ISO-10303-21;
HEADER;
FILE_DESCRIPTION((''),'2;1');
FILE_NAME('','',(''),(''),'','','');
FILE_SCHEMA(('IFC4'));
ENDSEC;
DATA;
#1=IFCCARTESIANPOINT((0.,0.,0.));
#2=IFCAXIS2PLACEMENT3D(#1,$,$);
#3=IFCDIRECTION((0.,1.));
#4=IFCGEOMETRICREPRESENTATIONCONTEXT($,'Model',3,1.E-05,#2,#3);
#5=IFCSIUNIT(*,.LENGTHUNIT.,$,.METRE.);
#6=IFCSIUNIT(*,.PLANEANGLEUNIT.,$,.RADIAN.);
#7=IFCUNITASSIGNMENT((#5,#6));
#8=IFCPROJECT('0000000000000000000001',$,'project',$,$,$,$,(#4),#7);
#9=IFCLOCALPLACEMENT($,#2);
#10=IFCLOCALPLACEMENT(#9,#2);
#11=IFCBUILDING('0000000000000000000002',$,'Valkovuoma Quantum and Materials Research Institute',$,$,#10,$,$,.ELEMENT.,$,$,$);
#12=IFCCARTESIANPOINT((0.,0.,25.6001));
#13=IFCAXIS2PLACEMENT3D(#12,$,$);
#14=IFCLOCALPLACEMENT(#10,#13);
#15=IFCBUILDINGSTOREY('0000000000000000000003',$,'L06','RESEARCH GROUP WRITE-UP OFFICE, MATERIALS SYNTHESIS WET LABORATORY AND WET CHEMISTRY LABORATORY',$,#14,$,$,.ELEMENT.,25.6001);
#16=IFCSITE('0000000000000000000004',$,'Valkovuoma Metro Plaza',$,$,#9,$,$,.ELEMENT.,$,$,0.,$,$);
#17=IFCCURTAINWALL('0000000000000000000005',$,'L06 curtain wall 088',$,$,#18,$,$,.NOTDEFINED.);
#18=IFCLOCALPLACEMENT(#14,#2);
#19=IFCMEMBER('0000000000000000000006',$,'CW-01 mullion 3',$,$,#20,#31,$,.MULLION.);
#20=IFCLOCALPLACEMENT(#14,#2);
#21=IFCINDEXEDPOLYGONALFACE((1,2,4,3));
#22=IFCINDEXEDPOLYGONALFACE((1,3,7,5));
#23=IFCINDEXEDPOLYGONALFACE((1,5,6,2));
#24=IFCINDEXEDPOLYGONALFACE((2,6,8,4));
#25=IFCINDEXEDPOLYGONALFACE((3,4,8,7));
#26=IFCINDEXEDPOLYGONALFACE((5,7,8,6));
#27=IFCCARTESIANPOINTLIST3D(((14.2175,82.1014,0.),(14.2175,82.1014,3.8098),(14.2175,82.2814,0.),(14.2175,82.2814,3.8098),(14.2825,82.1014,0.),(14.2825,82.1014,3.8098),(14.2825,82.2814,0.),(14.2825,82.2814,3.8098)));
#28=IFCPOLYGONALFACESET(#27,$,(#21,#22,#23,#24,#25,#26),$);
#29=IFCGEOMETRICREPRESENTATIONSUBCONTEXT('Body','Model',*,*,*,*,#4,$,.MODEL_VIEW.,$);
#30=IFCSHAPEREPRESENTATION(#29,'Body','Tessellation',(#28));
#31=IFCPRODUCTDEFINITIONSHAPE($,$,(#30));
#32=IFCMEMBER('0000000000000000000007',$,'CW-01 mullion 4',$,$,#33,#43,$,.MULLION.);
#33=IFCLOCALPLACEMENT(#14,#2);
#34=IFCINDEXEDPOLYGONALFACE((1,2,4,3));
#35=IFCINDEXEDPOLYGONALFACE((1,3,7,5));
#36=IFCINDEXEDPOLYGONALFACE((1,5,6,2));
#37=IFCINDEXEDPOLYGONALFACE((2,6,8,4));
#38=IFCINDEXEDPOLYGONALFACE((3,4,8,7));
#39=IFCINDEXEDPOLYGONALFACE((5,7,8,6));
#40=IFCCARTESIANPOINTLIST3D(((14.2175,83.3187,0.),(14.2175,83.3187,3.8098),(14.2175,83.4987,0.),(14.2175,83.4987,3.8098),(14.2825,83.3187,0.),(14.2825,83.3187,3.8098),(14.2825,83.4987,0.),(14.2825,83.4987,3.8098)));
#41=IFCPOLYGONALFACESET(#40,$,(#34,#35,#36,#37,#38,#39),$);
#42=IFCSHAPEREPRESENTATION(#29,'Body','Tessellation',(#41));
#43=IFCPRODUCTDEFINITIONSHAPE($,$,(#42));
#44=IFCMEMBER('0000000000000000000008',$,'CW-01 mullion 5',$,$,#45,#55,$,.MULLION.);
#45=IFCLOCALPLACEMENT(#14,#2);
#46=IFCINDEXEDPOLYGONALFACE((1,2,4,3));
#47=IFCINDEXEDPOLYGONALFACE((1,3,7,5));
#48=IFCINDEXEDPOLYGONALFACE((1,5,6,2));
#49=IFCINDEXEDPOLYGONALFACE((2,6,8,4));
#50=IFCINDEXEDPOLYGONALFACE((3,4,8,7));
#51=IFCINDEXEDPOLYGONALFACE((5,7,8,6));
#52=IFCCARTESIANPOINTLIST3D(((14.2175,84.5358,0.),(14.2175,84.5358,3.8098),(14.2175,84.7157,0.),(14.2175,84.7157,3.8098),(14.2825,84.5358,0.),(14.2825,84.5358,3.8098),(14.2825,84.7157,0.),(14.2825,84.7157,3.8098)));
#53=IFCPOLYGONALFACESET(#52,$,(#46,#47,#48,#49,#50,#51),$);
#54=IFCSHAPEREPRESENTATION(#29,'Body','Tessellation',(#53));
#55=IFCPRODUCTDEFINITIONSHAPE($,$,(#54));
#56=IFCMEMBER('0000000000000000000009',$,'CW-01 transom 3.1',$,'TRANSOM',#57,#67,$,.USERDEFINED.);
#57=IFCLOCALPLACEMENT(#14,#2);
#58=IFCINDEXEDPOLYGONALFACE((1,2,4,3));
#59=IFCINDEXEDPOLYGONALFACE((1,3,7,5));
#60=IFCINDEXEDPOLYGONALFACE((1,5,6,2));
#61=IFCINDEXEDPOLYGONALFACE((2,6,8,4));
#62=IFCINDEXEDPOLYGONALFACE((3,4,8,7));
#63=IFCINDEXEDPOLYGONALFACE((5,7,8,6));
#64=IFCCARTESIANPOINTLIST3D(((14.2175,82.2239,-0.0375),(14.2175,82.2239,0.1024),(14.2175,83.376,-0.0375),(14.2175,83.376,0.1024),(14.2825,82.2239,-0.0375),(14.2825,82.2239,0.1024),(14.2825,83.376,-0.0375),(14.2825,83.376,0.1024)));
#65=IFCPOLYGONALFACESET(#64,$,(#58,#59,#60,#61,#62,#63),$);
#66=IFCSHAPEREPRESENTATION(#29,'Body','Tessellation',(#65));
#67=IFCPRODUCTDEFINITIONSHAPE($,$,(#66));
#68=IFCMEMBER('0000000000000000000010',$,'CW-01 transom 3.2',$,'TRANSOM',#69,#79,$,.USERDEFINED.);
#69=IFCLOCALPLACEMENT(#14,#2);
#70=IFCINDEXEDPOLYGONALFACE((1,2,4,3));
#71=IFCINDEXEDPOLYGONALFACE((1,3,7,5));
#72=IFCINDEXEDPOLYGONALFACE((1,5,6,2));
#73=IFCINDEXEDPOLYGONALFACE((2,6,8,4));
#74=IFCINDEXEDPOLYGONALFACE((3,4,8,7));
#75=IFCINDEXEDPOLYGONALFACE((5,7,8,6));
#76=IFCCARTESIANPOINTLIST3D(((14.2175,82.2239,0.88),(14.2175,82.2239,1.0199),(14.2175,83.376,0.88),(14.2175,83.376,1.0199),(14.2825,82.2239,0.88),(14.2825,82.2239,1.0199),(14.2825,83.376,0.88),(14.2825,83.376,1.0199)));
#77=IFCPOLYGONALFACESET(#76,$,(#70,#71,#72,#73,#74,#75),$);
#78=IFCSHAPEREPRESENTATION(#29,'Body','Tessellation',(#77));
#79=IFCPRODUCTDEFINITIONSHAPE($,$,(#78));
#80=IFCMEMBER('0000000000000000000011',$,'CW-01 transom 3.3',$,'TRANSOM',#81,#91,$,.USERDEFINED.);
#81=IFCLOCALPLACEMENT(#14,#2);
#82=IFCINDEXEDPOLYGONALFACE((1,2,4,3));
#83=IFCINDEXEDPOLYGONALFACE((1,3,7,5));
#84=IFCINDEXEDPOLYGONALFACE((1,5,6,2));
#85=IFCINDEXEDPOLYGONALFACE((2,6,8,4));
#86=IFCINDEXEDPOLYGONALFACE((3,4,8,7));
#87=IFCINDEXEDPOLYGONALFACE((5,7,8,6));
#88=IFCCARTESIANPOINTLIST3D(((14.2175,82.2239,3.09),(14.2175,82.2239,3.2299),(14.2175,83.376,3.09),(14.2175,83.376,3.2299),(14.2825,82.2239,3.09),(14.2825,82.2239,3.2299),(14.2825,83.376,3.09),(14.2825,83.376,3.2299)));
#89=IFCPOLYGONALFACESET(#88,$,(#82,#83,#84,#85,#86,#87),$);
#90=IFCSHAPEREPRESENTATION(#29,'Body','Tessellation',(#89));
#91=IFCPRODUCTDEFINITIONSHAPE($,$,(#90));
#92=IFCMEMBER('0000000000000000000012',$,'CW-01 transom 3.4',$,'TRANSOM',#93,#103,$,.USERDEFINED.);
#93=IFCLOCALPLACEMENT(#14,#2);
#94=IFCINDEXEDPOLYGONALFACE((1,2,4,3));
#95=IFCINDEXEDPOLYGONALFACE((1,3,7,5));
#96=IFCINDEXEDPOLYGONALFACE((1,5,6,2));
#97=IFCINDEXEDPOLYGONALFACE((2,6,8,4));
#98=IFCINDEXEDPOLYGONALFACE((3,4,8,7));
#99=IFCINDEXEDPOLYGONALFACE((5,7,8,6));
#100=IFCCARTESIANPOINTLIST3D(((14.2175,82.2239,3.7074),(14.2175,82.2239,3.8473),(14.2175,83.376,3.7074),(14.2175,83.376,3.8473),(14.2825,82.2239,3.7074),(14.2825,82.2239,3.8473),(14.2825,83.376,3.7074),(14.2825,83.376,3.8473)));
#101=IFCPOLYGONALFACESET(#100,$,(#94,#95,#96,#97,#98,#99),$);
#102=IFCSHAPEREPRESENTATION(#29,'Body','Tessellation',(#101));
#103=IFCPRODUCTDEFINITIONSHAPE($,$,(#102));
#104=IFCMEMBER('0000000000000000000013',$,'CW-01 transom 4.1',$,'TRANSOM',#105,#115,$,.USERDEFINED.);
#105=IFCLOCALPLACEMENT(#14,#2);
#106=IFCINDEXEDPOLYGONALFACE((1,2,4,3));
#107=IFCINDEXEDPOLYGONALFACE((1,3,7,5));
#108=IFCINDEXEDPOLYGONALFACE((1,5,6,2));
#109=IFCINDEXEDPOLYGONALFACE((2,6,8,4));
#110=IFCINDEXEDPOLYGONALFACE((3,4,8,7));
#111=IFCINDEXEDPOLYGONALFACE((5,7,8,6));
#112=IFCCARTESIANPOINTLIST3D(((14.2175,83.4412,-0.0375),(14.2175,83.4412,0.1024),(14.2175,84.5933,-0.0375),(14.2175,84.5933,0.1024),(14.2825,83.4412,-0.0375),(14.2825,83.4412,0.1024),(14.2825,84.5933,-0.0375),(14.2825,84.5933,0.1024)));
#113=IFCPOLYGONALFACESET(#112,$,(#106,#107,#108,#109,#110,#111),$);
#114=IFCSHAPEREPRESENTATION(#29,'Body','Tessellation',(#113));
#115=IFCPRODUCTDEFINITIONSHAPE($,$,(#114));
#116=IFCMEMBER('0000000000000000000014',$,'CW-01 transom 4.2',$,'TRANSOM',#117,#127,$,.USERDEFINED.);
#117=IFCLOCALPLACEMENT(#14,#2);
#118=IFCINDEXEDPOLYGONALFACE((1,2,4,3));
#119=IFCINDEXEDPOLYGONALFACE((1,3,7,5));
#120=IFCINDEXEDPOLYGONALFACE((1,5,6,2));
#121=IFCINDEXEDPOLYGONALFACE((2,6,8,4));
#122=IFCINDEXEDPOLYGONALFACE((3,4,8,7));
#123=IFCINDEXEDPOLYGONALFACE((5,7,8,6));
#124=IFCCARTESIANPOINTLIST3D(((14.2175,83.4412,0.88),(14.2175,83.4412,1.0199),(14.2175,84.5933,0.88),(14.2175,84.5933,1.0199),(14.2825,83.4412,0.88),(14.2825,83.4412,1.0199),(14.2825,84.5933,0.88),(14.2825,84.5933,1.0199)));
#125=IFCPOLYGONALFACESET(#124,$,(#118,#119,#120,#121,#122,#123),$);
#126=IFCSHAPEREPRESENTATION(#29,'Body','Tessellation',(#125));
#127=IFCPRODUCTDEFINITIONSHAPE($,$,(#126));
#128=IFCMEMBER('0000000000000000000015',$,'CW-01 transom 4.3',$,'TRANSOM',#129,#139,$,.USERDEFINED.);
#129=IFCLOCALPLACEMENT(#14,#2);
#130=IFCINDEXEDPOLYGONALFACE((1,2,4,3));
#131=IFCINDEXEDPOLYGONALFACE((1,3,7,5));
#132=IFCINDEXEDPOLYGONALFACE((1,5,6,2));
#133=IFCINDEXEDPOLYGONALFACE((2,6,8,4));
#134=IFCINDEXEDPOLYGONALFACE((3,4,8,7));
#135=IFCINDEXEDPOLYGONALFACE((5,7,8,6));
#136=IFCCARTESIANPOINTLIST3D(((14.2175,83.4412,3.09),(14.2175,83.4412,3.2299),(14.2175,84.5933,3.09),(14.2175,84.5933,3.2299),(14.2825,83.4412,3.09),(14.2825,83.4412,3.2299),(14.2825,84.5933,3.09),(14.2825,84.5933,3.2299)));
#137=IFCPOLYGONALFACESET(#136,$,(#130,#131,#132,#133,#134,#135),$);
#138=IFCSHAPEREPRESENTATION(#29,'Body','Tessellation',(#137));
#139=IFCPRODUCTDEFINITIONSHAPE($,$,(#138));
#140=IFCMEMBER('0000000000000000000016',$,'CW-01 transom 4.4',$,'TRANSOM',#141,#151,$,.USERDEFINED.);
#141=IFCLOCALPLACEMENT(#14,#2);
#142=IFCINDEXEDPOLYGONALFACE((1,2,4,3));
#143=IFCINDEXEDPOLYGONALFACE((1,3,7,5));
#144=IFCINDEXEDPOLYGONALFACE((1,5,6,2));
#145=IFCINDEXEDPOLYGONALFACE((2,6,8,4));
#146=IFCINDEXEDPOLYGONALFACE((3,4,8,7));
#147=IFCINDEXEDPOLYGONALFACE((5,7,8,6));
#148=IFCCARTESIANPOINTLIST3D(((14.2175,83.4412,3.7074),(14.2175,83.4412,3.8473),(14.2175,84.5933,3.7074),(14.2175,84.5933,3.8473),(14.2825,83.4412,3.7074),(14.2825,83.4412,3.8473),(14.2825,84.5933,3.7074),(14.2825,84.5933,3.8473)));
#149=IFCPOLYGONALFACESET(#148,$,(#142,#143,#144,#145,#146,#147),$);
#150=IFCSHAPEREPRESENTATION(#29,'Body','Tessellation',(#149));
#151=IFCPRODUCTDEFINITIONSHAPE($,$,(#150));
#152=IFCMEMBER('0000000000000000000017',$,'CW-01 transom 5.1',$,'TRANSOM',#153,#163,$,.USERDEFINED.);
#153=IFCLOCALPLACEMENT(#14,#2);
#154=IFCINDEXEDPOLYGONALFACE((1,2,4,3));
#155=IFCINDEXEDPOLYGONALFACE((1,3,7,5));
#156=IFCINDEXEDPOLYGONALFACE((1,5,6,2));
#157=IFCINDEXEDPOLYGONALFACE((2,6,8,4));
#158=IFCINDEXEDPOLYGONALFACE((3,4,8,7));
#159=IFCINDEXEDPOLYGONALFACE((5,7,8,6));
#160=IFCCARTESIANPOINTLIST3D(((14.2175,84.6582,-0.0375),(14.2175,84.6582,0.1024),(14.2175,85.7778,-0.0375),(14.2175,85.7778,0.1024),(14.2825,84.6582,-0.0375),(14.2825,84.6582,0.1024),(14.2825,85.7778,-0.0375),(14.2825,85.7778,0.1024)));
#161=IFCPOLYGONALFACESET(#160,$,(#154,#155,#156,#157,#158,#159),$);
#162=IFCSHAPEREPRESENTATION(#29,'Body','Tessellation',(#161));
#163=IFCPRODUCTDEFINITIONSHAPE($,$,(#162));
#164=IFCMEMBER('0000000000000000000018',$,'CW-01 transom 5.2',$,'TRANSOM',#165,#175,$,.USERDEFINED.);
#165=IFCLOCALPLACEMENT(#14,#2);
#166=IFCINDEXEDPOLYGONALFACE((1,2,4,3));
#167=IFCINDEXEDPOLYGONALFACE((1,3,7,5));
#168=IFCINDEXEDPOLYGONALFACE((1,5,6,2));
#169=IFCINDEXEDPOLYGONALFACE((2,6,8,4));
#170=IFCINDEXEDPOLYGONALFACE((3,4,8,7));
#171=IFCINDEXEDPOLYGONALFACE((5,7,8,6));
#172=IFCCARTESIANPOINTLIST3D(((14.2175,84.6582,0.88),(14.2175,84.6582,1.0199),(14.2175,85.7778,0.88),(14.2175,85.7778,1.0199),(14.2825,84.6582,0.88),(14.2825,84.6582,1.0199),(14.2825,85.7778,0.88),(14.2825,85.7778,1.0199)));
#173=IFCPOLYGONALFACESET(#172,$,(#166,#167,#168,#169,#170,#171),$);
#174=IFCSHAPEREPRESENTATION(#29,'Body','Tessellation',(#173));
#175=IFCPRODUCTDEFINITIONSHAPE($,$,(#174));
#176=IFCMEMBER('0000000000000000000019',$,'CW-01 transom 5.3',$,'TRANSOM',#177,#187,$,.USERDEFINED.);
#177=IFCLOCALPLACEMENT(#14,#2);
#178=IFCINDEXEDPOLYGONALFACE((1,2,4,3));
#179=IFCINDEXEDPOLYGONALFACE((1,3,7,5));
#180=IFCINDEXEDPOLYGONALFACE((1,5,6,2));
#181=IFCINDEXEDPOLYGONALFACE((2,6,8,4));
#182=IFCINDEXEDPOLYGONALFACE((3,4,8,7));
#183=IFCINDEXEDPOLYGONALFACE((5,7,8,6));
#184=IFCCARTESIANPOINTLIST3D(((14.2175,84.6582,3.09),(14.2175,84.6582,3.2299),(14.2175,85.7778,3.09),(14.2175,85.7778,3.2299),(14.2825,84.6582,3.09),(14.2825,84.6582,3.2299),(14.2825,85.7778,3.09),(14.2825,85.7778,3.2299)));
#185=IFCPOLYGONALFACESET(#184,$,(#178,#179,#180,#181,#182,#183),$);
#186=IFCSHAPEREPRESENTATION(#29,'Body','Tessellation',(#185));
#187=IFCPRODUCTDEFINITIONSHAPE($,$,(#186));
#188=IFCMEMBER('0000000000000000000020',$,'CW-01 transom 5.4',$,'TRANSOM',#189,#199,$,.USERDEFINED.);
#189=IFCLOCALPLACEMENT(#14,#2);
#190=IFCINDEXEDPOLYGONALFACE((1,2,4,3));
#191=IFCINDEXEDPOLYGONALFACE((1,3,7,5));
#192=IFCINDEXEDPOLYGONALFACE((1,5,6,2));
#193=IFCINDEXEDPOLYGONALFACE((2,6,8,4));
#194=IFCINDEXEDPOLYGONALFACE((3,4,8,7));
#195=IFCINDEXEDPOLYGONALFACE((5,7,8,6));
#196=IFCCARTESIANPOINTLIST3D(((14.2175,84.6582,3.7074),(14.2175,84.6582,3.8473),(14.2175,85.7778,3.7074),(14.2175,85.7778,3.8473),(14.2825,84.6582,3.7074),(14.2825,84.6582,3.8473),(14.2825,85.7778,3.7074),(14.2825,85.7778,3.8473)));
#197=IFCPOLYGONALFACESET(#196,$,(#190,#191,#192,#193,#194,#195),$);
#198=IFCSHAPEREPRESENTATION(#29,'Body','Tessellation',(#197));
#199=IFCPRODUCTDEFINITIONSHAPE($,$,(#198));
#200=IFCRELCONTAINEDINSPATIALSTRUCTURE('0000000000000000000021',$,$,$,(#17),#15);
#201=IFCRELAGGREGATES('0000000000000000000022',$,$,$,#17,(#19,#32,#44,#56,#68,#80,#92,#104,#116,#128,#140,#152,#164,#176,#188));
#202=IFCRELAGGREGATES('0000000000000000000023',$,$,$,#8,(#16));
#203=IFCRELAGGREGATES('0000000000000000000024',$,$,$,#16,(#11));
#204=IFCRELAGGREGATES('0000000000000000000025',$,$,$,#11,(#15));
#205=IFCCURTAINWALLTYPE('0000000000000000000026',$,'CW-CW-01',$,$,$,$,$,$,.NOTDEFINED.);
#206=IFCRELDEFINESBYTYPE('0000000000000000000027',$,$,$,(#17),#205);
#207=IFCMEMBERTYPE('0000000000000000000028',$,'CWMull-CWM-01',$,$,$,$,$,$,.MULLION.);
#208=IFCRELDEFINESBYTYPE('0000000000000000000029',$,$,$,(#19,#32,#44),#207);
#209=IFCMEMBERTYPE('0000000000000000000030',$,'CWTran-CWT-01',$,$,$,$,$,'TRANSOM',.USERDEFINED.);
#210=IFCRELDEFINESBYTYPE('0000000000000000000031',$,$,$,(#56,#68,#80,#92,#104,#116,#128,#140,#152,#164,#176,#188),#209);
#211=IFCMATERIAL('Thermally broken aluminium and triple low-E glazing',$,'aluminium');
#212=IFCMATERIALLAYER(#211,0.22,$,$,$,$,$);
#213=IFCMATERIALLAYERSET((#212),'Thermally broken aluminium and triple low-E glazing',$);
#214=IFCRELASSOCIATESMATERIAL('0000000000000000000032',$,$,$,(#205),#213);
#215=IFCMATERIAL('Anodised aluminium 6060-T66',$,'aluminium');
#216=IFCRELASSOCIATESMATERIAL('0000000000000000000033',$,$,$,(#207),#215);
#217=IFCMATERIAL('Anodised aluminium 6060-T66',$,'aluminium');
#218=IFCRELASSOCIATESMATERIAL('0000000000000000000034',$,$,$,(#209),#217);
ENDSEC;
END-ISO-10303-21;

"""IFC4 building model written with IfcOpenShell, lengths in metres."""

from ifc_helpers import new_model, si_unit, direction, frame, origin, origin_2d, place, context, subcontext, project, spatial, rectangle, extrude, material, layer, layer_set, material_profile, profile_set, type_object, element, aggregate, save


model = new_model("IFC4")

# Units and contexts
model_context = context("Model", 3, precision=1e-05, world=origin(), true_north=direction((0.0, 1.0)))
body_context = subcontext(model_context, "Body", "Model", "MODEL_VIEW")
ifc_project = project(units=[si_unit("LENGTHUNIT", "METRE"), si_unit("PLANEANGLEUNIT", "RADIAN")], contexts=[model_context])

# Site, building, storey
site_placement = place(None, origin())
site = spatial("IfcSite", under=ifc_project, at=site_placement, Name="Valkovuoma Metro Plaza", CompositionType="ELEMENT", RefElevation=0.0)
building_placement = place(site_placement, origin())
building = spatial("IfcBuilding", under=site, at=building_placement, Name="Valkovuoma Quantum and Materials Research Institute", CompositionType="ELEMENT")
storey_placement = place(building_placement, frame((0.0, 0.0, 25.6001)))
storey = spatial("IfcBuildingStorey", under=building, at=storey_placement, Name="L06", Description="RESEARCH GROUP WRITE-UP OFFICE, MATERIALS SYNTHESIS WET LABORATORY AND WET CHEMISTRY LABORATORY", CompositionType="ELEMENT", Elevation=25.6001)

# Curtain wall, members
ifc_material_1 = material(Name="Thermally broken aluminium and triple low-E glazing", Category="aluminium")
ifc_layer_1 = layer(ifc_material_1, 0.22)
ifc_layer_set_1 = layer_set([ifc_layer_1], Name="Thermally broken aluminium and triple low-E glazing")
curtain_wall_type = type_object("IfcCurtainWallType", Name="CW-CW-01", PredefinedType="NOTDEFINED", material=ifc_layer_set_1)
curtain_wall_placement = place(storey_placement, origin())
curtain_wall = element("IfcCurtainWall", 1, at=curtain_wall_placement, inside=storey, type_object=curtain_wall_type, Name="L06 curtain wall 088", PredefinedType="NOTDEFINED")
ifc_material_2 = material(Name="Anodised aluminium 6060-T66", Category="aluminium")
ifc_material_profile_1 = material_profile(ifc_material_2, rectangle(XDim=0.0649, YDim=0.1799, at=origin_2d()), Name="Anodised aluminium 6060-T66")
ifc_profile_set_1 = profile_set([ifc_material_profile_1], Name="Anodised aluminium 6060-T66")
member_type_1 = type_object("IfcMemberType", Name="CWMull-CWM-01", PredefinedType="MULLION", material=ifc_profile_set_1)
member_1_placement = place(storey_placement, frame((14.25, 82.1914, 0.0), z_axis=(0.0, 0.0, 1.0), x_axis=(-1.0, 0.0, 0.0)))
member_1 = element("IfcMember", 2, at=member_1_placement, type_object=member_type_1, Name="CW-01 mullion 3", PredefinedType="MULLION", context=body_context, shape_type="SweptSolid", body=[
    extrude(rectangle(XDim=0.0649, YDim=0.1799, at=origin_2d()), origin(), (0.0, 0.0, 1.0), 3.8098),
])
member_2_placement = place(storey_placement, frame((14.25, 83.4087, 0.0), z_axis=(0.0, 0.0, 1.0), x_axis=(-1.0, 0.0, 0.0)))
member_2 = element("IfcMember", 3, at=member_2_placement, type_object=member_type_1, Name="CW-01 mullion 4", PredefinedType="MULLION", context=body_context, shape_type="SweptSolid", body=[
    extrude(rectangle(XDim=0.0649, YDim=0.1799, at=origin_2d()), origin(), (0.0, 0.0, 1.0), 3.8098),
])
member_3_placement = place(storey_placement, frame((14.25, 84.6257, 0.0), z_axis=(0.0, 0.0, 1.0), x_axis=(-1.0, 0.0, 0.0)))
member_3 = element("IfcMember", 4, at=member_3_placement, type_object=member_type_1, Name="CW-01 mullion 5", PredefinedType="MULLION", context=body_context, shape_type="SweptSolid", body=[
    extrude(rectangle(XDim=0.0649, YDim=0.1799, at=origin_2d()), origin(), (0.0, 0.0, 1.0), 3.8098),
])
ifc_material_3 = material(Name="Anodised aluminium 6060-T66", Category="aluminium")
ifc_material_profile_2 = material_profile(ifc_material_3, rectangle(XDim=0.0649, YDim=0.1399, at=origin_2d()), Name="Anodised aluminium 6060-T66")
ifc_profile_set_2 = profile_set([ifc_material_profile_2], Name="Anodised aluminium 6060-T66")
member_type_2 = type_object("IfcMemberType", Name="CWTran-CWT-01", ElementType="TRANSOM", PredefinedType="USERDEFINED", material=ifc_profile_set_2)
member_4_placement = place(storey_placement, frame((14.25, 82.2239, 0.0325), z_axis=(0.0, 1.0, 0.0), x_axis=(-1.0, 0.0, 0.0)))
member_4 = element("IfcMember", 5, at=member_4_placement, type_object=member_type_2, Name="CW-01 transom 3.1", ObjectType="TRANSOM", PredefinedType="USERDEFINED", context=body_context, shape_type="SweptSolid", body=[
    extrude(rectangle(XDim=0.0649, YDim=0.1399, at=origin_2d()), origin(), (0.0, 0.0, 1.0), 1.1521),
])
member_5_placement = place(storey_placement, frame((14.25, 82.2239, 0.95), z_axis=(0.0, 1.0, 0.0), x_axis=(-1.0, 0.0, 0.0)))
member_5 = element("IfcMember", 6, at=member_5_placement, type_object=member_type_2, Name="CW-01 transom 3.2", ObjectType="TRANSOM", PredefinedType="USERDEFINED", context=body_context, shape_type="SweptSolid", body=[
    extrude(rectangle(XDim=0.0649, YDim=0.1399, at=origin_2d()), origin(), (0.0, 0.0, 1.0), 1.1521),
])
member_6_placement = place(storey_placement, frame((14.25, 82.2239, 3.1599), z_axis=(0.0, 1.0, 0.0), x_axis=(-1.0, 0.0, 0.0)))
member_6 = element("IfcMember", 7, at=member_6_placement, type_object=member_type_2, Name="CW-01 transom 3.3", ObjectType="TRANSOM", PredefinedType="USERDEFINED", context=body_context, shape_type="SweptSolid", body=[
    extrude(rectangle(XDim=0.0649, YDim=0.1399, at=origin_2d()), origin(), (0.0, 0.0, 1.0), 1.1521),
])
member_7_placement = place(storey_placement, frame((14.25, 82.2239, 3.7773), z_axis=(0.0, 1.0, 0.0), x_axis=(-1.0, 0.0, 0.0)))
member_7 = element("IfcMember", 8, at=member_7_placement, type_object=member_type_2, Name="CW-01 transom 3.4", ObjectType="TRANSOM", PredefinedType="USERDEFINED", context=body_context, shape_type="SweptSolid", body=[
    extrude(rectangle(XDim=0.0649, YDim=0.1399, at=origin_2d()), origin(), (0.0, 0.0, 1.0), 1.1521),
])
member_8_placement = place(storey_placement, frame((14.25, 83.4412, 0.0325), z_axis=(0.0, 1.0, 0.0), x_axis=(-1.0, 0.0, 0.0)))
member_8 = element("IfcMember", 9, at=member_8_placement, type_object=member_type_2, Name="CW-01 transom 4.1", ObjectType="TRANSOM", PredefinedType="USERDEFINED", context=body_context, shape_type="SweptSolid", body=[
    extrude(rectangle(XDim=0.0649, YDim=0.1399, at=origin_2d()), origin(), (0.0, 0.0, 1.0), 1.1521),
])
member_9_placement = place(storey_placement, frame((14.25, 83.4412, 0.95), z_axis=(0.0, 1.0, 0.0), x_axis=(-1.0, 0.0, 0.0)))
member_9 = element("IfcMember", 10, at=member_9_placement, type_object=member_type_2, Name="CW-01 transom 4.2", ObjectType="TRANSOM", PredefinedType="USERDEFINED", context=body_context, shape_type="SweptSolid", body=[
    extrude(rectangle(XDim=0.0649, YDim=0.1399, at=origin_2d()), origin(), (0.0, 0.0, 1.0), 1.1521),
])
member_10_placement = place(storey_placement, frame((14.25, 83.4412, 3.1599), z_axis=(0.0, 1.0, 0.0), x_axis=(-1.0, 0.0, 0.0)))
member_10 = element("IfcMember", 11, at=member_10_placement, type_object=member_type_2, Name="CW-01 transom 4.3", ObjectType="TRANSOM", PredefinedType="USERDEFINED", context=body_context, shape_type="SweptSolid", body=[
    extrude(rectangle(XDim=0.0649, YDim=0.1399, at=origin_2d()), origin(), (0.0, 0.0, 1.0), 1.1521),
])
member_11_placement = place(storey_placement, frame((14.25, 83.4412, 3.7773), z_axis=(0.0, 1.0, 0.0), x_axis=(-1.0, 0.0, 0.0)))
member_11 = element("IfcMember", 12, at=member_11_placement, type_object=member_type_2, Name="CW-01 transom 4.4", ObjectType="TRANSOM", PredefinedType="USERDEFINED", context=body_context, shape_type="SweptSolid", body=[
    extrude(rectangle(XDim=0.0649, YDim=0.1399, at=origin_2d()), origin(), (0.0, 0.0, 1.0), 1.1521),
])
member_12_placement = place(storey_placement, frame((14.25, 84.6582, 0.0325), z_axis=(0.0, 1.0, 0.0), x_axis=(-1.0, 0.0, 0.0)))
member_12 = element("IfcMember", 13, at=member_12_placement, type_object=member_type_2, Name="CW-01 transom 5.1", ObjectType="TRANSOM", PredefinedType="USERDEFINED", context=body_context, shape_type="SweptSolid", body=[
    extrude(rectangle(XDim=0.0649, YDim=0.1399, at=origin_2d()), origin(), (0.0, 0.0, 1.0), 1.1196),
])
member_13_placement = place(storey_placement, frame((14.25, 84.6582, 0.95), z_axis=(0.0, 1.0, 0.0), x_axis=(-1.0, 0.0, 0.0)))
member_13 = element("IfcMember", 14, at=member_13_placement, type_object=member_type_2, Name="CW-01 transom 5.2", ObjectType="TRANSOM", PredefinedType="USERDEFINED", context=body_context, shape_type="SweptSolid", body=[
    extrude(rectangle(XDim=0.0649, YDim=0.1399, at=origin_2d()), origin(), (0.0, 0.0, 1.0), 1.1196),
])
member_14_placement = place(storey_placement, frame((14.25, 84.6582, 3.1599), z_axis=(0.0, 1.0, 0.0), x_axis=(-1.0, 0.0, 0.0)))
member_14 = element("IfcMember", 15, at=member_14_placement, type_object=member_type_2, Name="CW-01 transom 5.3", ObjectType="TRANSOM", PredefinedType="USERDEFINED", context=body_context, shape_type="SweptSolid", body=[
    extrude(rectangle(XDim=0.0649, YDim=0.1399, at=origin_2d()), origin(), (0.0, 0.0, 1.0), 1.1196),
])
member_15_placement = place(storey_placement, frame((14.25, 84.6582, 3.7773), z_axis=(0.0, 1.0, 0.0), x_axis=(-1.0, 0.0, 0.0)))
member_15 = element("IfcMember", 16, at=member_15_placement, type_object=member_type_2, Name="CW-01 transom 5.4", ObjectType="TRANSOM", PredefinedType="USERDEFINED", context=body_context, shape_type="SweptSolid", body=[
    extrude(rectangle(XDim=0.0649, YDim=0.1399, at=origin_2d()), origin(), (0.0, 0.0, 1.0), 1.1196),
])
aggregate(curtain_wall, [member_1, member_2, member_3, member_4, member_5, member_6, member_7, member_8, member_9, member_10, member_11, member_12, member_13, member_14, member_15])

save(model, "model.ifc")
